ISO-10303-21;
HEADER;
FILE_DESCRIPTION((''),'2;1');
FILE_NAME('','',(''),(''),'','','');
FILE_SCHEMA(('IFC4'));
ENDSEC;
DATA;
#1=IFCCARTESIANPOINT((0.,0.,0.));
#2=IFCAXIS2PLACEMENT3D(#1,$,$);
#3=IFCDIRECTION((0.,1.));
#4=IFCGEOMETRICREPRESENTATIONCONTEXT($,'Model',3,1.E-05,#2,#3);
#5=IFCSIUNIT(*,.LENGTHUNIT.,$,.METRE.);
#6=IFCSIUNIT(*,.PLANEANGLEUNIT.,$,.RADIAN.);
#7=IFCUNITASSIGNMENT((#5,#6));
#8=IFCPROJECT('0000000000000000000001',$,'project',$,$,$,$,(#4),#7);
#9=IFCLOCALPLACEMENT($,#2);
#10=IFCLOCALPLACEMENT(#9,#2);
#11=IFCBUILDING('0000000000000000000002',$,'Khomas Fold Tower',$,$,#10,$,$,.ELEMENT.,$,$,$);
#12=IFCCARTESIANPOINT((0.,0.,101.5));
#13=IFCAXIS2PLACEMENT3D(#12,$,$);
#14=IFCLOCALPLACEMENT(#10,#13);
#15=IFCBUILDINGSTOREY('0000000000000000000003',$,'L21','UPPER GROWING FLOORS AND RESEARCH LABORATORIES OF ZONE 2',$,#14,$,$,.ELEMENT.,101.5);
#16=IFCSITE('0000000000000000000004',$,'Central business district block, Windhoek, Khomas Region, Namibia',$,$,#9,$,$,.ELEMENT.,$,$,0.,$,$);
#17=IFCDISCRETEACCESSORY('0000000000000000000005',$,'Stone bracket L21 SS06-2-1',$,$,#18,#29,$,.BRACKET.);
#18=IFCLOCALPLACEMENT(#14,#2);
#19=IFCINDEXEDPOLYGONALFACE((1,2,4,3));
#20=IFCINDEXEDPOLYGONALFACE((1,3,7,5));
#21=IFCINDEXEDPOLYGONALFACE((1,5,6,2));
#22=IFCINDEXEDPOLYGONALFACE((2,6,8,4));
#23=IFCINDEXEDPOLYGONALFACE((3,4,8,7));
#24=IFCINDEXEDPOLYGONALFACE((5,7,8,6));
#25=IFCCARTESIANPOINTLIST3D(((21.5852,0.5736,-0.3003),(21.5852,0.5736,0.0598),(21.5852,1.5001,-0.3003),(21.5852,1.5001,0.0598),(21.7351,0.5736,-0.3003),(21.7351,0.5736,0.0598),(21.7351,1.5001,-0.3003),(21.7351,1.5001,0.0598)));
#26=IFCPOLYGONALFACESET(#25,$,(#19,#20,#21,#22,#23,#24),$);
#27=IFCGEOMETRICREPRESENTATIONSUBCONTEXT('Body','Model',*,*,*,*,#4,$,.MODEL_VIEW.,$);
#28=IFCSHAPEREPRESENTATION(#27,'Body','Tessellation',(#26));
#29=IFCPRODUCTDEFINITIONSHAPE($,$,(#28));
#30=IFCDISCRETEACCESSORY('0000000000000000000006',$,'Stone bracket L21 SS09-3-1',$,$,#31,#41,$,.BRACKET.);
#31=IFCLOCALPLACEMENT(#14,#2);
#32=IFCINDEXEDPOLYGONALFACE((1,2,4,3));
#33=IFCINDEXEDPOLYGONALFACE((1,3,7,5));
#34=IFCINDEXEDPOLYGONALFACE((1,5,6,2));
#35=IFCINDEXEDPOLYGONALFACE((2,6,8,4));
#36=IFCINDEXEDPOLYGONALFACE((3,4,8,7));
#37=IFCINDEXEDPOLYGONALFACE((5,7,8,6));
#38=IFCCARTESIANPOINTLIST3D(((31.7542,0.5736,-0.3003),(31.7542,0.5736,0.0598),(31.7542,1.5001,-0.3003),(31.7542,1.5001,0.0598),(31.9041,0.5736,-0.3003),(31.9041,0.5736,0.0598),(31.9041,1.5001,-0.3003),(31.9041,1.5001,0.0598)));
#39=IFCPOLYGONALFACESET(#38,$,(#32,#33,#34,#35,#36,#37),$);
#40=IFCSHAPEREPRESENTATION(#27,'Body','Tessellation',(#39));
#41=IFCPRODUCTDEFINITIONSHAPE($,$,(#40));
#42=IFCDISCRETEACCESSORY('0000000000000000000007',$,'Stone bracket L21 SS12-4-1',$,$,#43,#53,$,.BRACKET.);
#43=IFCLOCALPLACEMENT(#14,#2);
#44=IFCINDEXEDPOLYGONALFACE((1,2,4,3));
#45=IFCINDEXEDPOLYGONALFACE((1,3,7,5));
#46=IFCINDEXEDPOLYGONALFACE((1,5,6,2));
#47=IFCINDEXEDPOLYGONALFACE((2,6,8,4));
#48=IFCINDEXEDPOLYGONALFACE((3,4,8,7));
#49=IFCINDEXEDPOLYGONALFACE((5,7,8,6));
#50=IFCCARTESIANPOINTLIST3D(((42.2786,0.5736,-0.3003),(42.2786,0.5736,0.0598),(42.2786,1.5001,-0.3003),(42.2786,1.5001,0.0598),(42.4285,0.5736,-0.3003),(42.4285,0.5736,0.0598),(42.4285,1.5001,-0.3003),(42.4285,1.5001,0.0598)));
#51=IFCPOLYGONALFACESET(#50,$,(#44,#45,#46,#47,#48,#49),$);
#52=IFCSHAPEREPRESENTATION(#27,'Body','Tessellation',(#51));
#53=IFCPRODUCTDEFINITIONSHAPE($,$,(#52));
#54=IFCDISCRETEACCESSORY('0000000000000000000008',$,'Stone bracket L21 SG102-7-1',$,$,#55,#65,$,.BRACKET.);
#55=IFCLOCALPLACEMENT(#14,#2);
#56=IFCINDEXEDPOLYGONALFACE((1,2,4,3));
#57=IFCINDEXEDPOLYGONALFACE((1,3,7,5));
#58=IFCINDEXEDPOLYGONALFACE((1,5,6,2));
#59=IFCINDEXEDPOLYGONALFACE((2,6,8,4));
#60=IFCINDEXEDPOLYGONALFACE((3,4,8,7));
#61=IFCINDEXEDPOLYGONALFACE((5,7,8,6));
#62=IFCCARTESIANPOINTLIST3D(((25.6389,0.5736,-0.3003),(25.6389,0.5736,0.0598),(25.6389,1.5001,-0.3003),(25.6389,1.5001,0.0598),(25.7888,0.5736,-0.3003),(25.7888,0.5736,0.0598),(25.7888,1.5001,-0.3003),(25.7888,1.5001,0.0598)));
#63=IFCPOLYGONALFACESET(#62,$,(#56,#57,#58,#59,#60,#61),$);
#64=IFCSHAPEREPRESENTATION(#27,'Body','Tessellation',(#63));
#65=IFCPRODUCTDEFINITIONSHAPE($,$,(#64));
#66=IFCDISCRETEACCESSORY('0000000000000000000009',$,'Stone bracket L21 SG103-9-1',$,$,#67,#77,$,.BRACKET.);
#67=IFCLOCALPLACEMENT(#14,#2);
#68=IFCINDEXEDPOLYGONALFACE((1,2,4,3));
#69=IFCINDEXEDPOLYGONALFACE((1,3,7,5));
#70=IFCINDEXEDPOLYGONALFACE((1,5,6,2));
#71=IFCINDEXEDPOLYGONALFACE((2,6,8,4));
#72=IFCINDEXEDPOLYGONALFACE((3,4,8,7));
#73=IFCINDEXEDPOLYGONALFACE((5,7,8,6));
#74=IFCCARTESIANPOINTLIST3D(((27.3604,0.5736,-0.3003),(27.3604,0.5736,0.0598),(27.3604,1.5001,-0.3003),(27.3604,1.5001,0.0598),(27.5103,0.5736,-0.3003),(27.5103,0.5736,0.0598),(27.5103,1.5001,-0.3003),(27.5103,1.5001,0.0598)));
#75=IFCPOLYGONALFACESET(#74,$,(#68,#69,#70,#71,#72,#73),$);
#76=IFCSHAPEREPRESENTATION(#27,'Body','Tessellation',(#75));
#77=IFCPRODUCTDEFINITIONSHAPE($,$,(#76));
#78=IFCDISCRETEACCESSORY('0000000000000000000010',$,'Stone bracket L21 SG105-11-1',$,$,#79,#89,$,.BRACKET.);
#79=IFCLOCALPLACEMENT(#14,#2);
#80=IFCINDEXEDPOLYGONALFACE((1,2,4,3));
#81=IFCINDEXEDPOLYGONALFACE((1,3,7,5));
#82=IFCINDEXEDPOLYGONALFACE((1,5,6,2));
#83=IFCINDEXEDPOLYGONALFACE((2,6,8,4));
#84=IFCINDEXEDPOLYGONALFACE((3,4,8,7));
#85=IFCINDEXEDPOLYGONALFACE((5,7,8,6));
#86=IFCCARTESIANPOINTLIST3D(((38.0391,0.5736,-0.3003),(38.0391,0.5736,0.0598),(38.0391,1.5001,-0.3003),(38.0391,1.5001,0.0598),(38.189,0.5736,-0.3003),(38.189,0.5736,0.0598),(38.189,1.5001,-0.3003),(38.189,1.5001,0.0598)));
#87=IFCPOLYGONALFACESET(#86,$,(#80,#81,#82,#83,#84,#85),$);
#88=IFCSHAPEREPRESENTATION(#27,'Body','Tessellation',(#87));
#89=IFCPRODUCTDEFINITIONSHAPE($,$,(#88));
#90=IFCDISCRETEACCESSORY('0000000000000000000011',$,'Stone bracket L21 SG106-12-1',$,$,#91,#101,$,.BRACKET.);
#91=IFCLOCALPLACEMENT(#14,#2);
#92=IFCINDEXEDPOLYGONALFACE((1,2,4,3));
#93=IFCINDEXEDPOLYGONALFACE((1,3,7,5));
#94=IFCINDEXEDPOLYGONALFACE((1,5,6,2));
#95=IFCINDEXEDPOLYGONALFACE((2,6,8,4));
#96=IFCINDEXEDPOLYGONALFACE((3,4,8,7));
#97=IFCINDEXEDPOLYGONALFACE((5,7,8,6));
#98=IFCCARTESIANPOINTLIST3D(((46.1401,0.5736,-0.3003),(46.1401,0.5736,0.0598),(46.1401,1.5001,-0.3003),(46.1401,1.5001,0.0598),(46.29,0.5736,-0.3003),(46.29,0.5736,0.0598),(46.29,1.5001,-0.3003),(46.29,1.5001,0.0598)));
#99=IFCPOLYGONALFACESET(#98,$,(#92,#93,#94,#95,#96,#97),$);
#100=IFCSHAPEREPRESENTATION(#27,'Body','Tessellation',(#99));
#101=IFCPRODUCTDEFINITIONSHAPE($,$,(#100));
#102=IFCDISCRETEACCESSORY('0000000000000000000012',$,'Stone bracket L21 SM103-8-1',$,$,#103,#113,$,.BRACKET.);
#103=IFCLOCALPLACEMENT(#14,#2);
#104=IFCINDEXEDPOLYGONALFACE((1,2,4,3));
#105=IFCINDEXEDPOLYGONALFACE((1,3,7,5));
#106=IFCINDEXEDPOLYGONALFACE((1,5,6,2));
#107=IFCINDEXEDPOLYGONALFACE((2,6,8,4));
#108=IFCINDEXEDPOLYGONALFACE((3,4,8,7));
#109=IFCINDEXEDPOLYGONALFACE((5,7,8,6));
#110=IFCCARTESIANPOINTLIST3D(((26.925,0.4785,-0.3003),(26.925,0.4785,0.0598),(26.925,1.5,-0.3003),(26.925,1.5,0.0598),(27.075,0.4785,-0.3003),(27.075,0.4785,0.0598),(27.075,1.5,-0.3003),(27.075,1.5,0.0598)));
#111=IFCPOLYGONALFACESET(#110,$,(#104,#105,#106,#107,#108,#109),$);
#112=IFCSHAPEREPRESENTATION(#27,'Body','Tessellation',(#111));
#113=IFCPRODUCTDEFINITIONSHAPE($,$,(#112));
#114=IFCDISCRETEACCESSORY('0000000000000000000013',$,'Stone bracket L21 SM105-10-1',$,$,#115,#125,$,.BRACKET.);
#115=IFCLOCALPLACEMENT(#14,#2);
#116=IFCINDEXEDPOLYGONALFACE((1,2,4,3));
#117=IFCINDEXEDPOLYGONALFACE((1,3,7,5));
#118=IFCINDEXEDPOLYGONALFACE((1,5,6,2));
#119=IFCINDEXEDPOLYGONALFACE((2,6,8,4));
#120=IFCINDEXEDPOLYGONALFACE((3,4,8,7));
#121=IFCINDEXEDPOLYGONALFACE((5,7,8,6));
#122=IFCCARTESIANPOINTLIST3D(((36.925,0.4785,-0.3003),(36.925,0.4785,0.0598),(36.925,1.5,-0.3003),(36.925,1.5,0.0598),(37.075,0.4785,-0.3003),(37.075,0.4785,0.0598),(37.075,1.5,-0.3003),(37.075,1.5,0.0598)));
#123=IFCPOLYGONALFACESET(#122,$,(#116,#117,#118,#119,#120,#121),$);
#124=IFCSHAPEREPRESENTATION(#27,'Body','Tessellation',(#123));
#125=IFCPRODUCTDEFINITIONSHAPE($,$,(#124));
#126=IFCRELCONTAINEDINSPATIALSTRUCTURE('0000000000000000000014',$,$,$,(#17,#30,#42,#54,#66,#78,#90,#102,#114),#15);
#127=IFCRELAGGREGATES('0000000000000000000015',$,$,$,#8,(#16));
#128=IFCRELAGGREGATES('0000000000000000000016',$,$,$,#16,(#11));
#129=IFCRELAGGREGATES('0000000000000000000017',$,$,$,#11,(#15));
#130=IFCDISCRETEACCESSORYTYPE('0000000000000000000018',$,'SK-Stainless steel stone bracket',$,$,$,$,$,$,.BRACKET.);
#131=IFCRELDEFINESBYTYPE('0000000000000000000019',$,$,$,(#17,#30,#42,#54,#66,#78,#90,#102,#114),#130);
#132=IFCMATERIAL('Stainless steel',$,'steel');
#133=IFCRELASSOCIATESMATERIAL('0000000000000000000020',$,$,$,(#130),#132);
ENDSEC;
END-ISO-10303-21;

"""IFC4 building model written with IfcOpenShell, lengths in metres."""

from ifc_helpers import new_model, si_unit, direction, frame, origin, origin_2d, place, context, subcontext, project, spatial, rectangle, extrude, source, transform, mapped, material, type_object, element, save


model = new_model("IFC4")

# Units and contexts
model_context = context("Model", 3, precision=1e-05, world=origin(), true_north=direction((0.0, 1.0)))
body_context = subcontext(model_context, "Body", "Model", "MODEL_VIEW")
ifc_project = project(units=[si_unit("LENGTHUNIT", "METRE"), si_unit("PLANEANGLEUNIT", "RADIAN")], contexts=[model_context])

# Site, building, storey
site_placement = place(None, origin())
site = spatial("IfcSite", under=ifc_project, at=site_placement, Name="Central business district block, Windhoek, Khomas Region, Namibia", CompositionType="ELEMENT", RefElevation=0.0)
building_placement = place(site_placement, origin())
building = spatial("IfcBuilding", under=site, at=building_placement, Name="Khomas Fold Tower", CompositionType="ELEMENT")
storey_placement = place(building_placement, frame((0.0, 0.0, 101.5)))
storey = spatial("IfcBuildingStorey", under=building, at=storey_placement, Name="L21", Description="UPPER GROWING FLOORS AND RESEARCH LABORATORIES OF ZONE 2", CompositionType="ELEMENT", Elevation=101.5)

# Discrete accessories
ifc_material_1 = material(Name="Stainless steel", Category="steel")
discrete_accessory_type = type_object("IfcDiscreteAccessoryType", Name="SK-Stainless steel stone bracket", PredefinedType="BRACKET", material=ifc_material_1)
shared_shape_1 = source(origin(), body_context, "Body", "SweptSolid", [
    extrude(rectangle(XDim=0.9265, YDim=0.1499, at=origin_2d()), origin(), (0.0, 0.0, 1.0), 0.3601),
])
for number, where, z_axis, x_axis, name in (
    (1, (21.6602, 1.0369, -0.3003), (0.0, 0.0, 1.0), (0.0, -1.0, 0.0), "Stone bracket L21 SS06-2-1"),
    (2, (31.8291, 1.0369, -0.3003), (0.0, 0.0, 1.0), (0.0, -1.0, 0.0), "Stone bracket L21 SS09-3-1"),
    (3, (42.3535, 1.0369, -0.3003), (0.0, 0.0, 1.0), (0.0, -1.0, 0.0), "Stone bracket L21 SS12-4-1"),
    (4, (25.7139, 1.0369, -0.3003), (0.0, 0.0, 1.0), (0.0, -1.0, 0.0), "Stone bracket L21 SG102-7-1"),
    (5, (27.4353, 1.0369, -0.3003), (0.0, 0.0, 1.0), (0.0, -1.0, 0.0), "Stone bracket L21 SG103-9-1"),
    (6, (38.114, 1.0369, -0.3003), (0.0, 0.0, 1.0), (0.0, -1.0, 0.0), "Stone bracket L21 SG105-11-1"),
    (7, (46.2151, 1.0369, -0.3003), (0.0, 0.0, 1.0), (0.0, -1.0, 0.0), "Stone bracket L21 SG106-12-1"),
):
    element("IfcDiscreteAccessory", number, at=place(storey_placement, frame(where, z_axis=z_axis, x_axis=x_axis)), inside=storey, type_object=discrete_accessory_type, Name=name, PredefinedType="BRACKET", context=body_context, shape_type="MappedRepresentation", body=[
        mapped(shared_shape_1, transform((0.0, 0.0, 0.0))),
    ])
shared_shape_2 = source(origin(), body_context, "Body", "SweptSolid", [
    extrude(rectangle(XDim=1.0215, YDim=0.1499, at=origin_2d()), origin(), (0.0, 0.0, 1.0), 0.3601),
])
for number, where, z_axis, x_axis, name in (
    (8, (27.0, 0.9893, -0.3003), (0.0, 0.0, 1.0), (0.0, -1.0, 0.0), "Stone bracket L21 SM103-8-1"),
    (9, (37.0, 0.9893, -0.3003), (0.0, 0.0, 1.0), (0.0, -1.0, 0.0), "Stone bracket L21 SM105-10-1"),
):
    element("IfcDiscreteAccessory", number, at=place(storey_placement, frame(where, z_axis=z_axis, x_axis=x_axis)), inside=storey, type_object=discrete_accessory_type, Name=name, PredefinedType="BRACKET", context=body_context, shape_type="MappedRepresentation", body=[
        mapped(shared_shape_2, transform((0.0, 0.0, 0.0))),
    ])

save(model, "model.ifc")
